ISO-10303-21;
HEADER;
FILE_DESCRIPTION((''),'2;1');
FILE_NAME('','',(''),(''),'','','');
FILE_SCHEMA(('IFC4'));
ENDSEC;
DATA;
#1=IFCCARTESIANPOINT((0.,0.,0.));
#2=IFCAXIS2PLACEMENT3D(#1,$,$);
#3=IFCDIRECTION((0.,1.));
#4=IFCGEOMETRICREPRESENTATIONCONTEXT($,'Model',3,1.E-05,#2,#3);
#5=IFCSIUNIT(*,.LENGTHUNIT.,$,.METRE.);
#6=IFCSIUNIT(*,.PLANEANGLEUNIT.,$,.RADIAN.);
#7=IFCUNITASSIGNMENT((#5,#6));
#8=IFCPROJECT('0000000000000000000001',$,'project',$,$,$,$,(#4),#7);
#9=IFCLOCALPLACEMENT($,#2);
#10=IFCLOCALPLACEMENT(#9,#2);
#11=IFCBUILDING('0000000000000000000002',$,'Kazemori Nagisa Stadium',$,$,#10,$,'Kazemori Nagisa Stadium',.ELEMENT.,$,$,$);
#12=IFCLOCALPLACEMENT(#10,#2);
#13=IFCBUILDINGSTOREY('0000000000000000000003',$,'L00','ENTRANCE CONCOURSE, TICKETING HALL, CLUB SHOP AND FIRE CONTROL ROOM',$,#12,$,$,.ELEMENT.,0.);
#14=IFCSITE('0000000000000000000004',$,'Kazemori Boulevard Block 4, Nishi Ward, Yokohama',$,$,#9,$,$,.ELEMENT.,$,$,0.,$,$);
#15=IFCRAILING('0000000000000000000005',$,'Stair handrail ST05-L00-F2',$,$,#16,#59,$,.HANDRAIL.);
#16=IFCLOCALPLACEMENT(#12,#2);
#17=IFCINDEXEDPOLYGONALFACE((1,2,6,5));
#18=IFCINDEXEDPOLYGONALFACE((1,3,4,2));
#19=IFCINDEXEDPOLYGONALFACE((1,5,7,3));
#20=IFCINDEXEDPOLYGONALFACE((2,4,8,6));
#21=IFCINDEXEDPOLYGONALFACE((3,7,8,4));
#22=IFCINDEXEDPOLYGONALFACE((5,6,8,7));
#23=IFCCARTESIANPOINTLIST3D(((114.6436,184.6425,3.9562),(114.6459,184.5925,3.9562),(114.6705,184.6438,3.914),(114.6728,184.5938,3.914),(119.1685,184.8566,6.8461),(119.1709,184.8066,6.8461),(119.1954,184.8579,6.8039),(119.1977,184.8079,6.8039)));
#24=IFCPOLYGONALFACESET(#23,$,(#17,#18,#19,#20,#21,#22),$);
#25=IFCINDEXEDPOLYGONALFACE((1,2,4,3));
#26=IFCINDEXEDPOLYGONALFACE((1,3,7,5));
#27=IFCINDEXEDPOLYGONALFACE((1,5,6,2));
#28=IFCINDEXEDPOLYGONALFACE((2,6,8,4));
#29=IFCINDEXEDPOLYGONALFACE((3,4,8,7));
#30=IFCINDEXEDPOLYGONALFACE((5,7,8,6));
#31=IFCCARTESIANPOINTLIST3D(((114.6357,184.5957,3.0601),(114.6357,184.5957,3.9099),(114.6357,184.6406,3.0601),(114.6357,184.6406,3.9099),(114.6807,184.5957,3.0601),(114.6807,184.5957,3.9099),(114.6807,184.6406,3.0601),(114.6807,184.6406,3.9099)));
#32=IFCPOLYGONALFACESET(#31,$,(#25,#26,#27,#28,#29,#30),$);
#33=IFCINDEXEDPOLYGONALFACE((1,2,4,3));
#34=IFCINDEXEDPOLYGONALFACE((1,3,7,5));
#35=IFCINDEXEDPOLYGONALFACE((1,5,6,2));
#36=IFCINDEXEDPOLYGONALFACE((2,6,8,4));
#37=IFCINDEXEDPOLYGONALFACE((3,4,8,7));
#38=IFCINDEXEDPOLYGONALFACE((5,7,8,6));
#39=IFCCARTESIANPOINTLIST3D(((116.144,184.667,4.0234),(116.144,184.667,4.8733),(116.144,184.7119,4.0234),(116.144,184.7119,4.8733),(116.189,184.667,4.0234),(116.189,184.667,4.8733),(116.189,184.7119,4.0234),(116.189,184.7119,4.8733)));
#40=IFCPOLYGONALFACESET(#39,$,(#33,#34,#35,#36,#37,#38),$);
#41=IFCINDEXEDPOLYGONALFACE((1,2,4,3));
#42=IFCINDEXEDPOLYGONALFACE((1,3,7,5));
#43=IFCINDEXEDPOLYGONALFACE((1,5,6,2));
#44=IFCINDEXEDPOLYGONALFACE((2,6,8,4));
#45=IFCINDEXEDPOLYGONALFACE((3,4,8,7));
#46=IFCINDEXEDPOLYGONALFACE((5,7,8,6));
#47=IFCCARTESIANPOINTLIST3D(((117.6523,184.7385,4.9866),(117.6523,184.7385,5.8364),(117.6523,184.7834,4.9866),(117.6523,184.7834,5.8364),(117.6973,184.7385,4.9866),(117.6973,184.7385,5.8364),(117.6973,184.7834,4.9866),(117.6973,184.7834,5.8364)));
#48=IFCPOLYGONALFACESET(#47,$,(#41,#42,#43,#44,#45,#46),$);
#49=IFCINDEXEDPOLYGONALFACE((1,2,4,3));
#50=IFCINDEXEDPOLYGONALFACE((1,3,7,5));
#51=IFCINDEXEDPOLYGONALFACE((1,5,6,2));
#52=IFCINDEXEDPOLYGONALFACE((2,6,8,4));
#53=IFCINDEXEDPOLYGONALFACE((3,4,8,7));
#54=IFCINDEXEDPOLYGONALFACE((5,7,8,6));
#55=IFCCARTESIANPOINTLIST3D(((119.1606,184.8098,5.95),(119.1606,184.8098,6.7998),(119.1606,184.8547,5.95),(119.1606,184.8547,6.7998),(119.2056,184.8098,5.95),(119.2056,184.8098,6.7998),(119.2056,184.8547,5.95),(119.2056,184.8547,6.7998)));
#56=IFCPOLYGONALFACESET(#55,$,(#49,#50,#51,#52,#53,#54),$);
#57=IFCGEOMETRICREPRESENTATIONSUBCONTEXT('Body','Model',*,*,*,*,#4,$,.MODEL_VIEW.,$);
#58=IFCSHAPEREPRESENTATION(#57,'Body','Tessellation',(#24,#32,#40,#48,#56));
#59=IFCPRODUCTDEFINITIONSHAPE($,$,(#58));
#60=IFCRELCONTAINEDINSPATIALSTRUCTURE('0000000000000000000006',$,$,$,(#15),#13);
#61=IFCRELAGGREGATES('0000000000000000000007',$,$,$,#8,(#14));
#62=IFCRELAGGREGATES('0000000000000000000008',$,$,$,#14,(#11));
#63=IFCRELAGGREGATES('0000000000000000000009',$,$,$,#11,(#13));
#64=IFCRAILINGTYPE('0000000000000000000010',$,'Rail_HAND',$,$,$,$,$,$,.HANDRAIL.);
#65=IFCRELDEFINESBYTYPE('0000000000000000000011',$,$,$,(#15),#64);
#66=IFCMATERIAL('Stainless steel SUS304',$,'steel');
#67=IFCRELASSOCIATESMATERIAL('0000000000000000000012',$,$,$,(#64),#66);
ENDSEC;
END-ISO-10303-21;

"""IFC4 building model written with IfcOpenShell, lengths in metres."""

from ifc_helpers import new_model, si_unit, direction, frame, origin, origin_2d, place, context, subcontext, project, spatial, rectangle, extrude, material, type_object, element, save


model = new_model("IFC4")

# Units and contexts
model_context = context("Model", 3, precision=1e-05, world=origin(), true_north=direction((0.0, 1.0)))
body_context = subcontext(model_context, "Body", "Model", "MODEL_VIEW")
ifc_project = project(units=[si_unit("LENGTHUNIT", "METRE"), si_unit("PLANEANGLEUNIT", "RADIAN")], contexts=[model_context])

# Site, building, storey
site_placement = place(None, origin())
site = spatial("IfcSite", under=ifc_project, at=site_placement, Name="Kazemori Boulevard Block 4, Nishi Ward, Yokohama", CompositionType="ELEMENT", RefElevation=0.0)
building_placement = place(site_placement, origin())
building = spatial("IfcBuilding", under=site, at=building_placement, Name="Kazemori Nagisa Stadium", LongName="Kazemori Nagisa Stadium", CompositionType="ELEMENT")
storey_placement = place(building_placement, origin())
storey = spatial("IfcBuildingStorey", under=building, at=storey_placement, Name="L00", Description="ENTRANCE CONCOURSE, TICKETING HALL, CLUB SHOP AND FIRE CONTROL ROOM", CompositionType="ELEMENT", Elevation=0.0)

# Shared definitions
ifc_material_1 = material(Name="Stainless steel SUS304", Category="steel")

# Railing
railing_type_1 = type_object("IfcRailingType", Name="Rail_HAND", PredefinedType="HANDRAIL", material=ifc_material_1)
railing_1_placement = place(storey_placement, frame((114.6582, 184.6182, 3.0601)))
element("IfcRailing", 1, at=railing_1_placement, inside=storey, type_object=railing_type_1, Name="Stair handrail ST05-L00-F2", PredefinedType="HANDRAIL", context=body_context, shape_type="SweptSolid", body=[
    extrude(rectangle(XDim=0.05, YDim=0.05, at=origin_2d()), frame((0.0, 0.0, 0.875), z_axis=(0.842113, 0.039847, 0.537827), x_axis=(-0.047266, 0.998882, 0.0)), (0.0, 0.0, 1.0), 5.3733),
    extrude(rectangle(XDim=0.0449, YDim=0.0449, at=origin_2d()), origin(), (0.0, 0.0, 1.0), 0.8499),
    extrude(rectangle(XDim=0.0449, YDim=0.0449, at=origin_2d()), frame((1.5083, 0.0713, 0.9634)), (0.0, 0.0, 1.0), 0.8499),
    extrude(rectangle(XDim=0.0449, YDim=0.0449, at=origin_2d()), frame((3.0166, 0.1428, 1.9265)), (0.0, 0.0, 1.0), 0.8499),
    extrude(rectangle(XDim=0.0449, YDim=0.0449, at=origin_2d()), frame((4.5249, 0.2141, 2.8899)), (0.0, 0.0, 1.0), 0.8499),
])

save(model, "model.ifc")
